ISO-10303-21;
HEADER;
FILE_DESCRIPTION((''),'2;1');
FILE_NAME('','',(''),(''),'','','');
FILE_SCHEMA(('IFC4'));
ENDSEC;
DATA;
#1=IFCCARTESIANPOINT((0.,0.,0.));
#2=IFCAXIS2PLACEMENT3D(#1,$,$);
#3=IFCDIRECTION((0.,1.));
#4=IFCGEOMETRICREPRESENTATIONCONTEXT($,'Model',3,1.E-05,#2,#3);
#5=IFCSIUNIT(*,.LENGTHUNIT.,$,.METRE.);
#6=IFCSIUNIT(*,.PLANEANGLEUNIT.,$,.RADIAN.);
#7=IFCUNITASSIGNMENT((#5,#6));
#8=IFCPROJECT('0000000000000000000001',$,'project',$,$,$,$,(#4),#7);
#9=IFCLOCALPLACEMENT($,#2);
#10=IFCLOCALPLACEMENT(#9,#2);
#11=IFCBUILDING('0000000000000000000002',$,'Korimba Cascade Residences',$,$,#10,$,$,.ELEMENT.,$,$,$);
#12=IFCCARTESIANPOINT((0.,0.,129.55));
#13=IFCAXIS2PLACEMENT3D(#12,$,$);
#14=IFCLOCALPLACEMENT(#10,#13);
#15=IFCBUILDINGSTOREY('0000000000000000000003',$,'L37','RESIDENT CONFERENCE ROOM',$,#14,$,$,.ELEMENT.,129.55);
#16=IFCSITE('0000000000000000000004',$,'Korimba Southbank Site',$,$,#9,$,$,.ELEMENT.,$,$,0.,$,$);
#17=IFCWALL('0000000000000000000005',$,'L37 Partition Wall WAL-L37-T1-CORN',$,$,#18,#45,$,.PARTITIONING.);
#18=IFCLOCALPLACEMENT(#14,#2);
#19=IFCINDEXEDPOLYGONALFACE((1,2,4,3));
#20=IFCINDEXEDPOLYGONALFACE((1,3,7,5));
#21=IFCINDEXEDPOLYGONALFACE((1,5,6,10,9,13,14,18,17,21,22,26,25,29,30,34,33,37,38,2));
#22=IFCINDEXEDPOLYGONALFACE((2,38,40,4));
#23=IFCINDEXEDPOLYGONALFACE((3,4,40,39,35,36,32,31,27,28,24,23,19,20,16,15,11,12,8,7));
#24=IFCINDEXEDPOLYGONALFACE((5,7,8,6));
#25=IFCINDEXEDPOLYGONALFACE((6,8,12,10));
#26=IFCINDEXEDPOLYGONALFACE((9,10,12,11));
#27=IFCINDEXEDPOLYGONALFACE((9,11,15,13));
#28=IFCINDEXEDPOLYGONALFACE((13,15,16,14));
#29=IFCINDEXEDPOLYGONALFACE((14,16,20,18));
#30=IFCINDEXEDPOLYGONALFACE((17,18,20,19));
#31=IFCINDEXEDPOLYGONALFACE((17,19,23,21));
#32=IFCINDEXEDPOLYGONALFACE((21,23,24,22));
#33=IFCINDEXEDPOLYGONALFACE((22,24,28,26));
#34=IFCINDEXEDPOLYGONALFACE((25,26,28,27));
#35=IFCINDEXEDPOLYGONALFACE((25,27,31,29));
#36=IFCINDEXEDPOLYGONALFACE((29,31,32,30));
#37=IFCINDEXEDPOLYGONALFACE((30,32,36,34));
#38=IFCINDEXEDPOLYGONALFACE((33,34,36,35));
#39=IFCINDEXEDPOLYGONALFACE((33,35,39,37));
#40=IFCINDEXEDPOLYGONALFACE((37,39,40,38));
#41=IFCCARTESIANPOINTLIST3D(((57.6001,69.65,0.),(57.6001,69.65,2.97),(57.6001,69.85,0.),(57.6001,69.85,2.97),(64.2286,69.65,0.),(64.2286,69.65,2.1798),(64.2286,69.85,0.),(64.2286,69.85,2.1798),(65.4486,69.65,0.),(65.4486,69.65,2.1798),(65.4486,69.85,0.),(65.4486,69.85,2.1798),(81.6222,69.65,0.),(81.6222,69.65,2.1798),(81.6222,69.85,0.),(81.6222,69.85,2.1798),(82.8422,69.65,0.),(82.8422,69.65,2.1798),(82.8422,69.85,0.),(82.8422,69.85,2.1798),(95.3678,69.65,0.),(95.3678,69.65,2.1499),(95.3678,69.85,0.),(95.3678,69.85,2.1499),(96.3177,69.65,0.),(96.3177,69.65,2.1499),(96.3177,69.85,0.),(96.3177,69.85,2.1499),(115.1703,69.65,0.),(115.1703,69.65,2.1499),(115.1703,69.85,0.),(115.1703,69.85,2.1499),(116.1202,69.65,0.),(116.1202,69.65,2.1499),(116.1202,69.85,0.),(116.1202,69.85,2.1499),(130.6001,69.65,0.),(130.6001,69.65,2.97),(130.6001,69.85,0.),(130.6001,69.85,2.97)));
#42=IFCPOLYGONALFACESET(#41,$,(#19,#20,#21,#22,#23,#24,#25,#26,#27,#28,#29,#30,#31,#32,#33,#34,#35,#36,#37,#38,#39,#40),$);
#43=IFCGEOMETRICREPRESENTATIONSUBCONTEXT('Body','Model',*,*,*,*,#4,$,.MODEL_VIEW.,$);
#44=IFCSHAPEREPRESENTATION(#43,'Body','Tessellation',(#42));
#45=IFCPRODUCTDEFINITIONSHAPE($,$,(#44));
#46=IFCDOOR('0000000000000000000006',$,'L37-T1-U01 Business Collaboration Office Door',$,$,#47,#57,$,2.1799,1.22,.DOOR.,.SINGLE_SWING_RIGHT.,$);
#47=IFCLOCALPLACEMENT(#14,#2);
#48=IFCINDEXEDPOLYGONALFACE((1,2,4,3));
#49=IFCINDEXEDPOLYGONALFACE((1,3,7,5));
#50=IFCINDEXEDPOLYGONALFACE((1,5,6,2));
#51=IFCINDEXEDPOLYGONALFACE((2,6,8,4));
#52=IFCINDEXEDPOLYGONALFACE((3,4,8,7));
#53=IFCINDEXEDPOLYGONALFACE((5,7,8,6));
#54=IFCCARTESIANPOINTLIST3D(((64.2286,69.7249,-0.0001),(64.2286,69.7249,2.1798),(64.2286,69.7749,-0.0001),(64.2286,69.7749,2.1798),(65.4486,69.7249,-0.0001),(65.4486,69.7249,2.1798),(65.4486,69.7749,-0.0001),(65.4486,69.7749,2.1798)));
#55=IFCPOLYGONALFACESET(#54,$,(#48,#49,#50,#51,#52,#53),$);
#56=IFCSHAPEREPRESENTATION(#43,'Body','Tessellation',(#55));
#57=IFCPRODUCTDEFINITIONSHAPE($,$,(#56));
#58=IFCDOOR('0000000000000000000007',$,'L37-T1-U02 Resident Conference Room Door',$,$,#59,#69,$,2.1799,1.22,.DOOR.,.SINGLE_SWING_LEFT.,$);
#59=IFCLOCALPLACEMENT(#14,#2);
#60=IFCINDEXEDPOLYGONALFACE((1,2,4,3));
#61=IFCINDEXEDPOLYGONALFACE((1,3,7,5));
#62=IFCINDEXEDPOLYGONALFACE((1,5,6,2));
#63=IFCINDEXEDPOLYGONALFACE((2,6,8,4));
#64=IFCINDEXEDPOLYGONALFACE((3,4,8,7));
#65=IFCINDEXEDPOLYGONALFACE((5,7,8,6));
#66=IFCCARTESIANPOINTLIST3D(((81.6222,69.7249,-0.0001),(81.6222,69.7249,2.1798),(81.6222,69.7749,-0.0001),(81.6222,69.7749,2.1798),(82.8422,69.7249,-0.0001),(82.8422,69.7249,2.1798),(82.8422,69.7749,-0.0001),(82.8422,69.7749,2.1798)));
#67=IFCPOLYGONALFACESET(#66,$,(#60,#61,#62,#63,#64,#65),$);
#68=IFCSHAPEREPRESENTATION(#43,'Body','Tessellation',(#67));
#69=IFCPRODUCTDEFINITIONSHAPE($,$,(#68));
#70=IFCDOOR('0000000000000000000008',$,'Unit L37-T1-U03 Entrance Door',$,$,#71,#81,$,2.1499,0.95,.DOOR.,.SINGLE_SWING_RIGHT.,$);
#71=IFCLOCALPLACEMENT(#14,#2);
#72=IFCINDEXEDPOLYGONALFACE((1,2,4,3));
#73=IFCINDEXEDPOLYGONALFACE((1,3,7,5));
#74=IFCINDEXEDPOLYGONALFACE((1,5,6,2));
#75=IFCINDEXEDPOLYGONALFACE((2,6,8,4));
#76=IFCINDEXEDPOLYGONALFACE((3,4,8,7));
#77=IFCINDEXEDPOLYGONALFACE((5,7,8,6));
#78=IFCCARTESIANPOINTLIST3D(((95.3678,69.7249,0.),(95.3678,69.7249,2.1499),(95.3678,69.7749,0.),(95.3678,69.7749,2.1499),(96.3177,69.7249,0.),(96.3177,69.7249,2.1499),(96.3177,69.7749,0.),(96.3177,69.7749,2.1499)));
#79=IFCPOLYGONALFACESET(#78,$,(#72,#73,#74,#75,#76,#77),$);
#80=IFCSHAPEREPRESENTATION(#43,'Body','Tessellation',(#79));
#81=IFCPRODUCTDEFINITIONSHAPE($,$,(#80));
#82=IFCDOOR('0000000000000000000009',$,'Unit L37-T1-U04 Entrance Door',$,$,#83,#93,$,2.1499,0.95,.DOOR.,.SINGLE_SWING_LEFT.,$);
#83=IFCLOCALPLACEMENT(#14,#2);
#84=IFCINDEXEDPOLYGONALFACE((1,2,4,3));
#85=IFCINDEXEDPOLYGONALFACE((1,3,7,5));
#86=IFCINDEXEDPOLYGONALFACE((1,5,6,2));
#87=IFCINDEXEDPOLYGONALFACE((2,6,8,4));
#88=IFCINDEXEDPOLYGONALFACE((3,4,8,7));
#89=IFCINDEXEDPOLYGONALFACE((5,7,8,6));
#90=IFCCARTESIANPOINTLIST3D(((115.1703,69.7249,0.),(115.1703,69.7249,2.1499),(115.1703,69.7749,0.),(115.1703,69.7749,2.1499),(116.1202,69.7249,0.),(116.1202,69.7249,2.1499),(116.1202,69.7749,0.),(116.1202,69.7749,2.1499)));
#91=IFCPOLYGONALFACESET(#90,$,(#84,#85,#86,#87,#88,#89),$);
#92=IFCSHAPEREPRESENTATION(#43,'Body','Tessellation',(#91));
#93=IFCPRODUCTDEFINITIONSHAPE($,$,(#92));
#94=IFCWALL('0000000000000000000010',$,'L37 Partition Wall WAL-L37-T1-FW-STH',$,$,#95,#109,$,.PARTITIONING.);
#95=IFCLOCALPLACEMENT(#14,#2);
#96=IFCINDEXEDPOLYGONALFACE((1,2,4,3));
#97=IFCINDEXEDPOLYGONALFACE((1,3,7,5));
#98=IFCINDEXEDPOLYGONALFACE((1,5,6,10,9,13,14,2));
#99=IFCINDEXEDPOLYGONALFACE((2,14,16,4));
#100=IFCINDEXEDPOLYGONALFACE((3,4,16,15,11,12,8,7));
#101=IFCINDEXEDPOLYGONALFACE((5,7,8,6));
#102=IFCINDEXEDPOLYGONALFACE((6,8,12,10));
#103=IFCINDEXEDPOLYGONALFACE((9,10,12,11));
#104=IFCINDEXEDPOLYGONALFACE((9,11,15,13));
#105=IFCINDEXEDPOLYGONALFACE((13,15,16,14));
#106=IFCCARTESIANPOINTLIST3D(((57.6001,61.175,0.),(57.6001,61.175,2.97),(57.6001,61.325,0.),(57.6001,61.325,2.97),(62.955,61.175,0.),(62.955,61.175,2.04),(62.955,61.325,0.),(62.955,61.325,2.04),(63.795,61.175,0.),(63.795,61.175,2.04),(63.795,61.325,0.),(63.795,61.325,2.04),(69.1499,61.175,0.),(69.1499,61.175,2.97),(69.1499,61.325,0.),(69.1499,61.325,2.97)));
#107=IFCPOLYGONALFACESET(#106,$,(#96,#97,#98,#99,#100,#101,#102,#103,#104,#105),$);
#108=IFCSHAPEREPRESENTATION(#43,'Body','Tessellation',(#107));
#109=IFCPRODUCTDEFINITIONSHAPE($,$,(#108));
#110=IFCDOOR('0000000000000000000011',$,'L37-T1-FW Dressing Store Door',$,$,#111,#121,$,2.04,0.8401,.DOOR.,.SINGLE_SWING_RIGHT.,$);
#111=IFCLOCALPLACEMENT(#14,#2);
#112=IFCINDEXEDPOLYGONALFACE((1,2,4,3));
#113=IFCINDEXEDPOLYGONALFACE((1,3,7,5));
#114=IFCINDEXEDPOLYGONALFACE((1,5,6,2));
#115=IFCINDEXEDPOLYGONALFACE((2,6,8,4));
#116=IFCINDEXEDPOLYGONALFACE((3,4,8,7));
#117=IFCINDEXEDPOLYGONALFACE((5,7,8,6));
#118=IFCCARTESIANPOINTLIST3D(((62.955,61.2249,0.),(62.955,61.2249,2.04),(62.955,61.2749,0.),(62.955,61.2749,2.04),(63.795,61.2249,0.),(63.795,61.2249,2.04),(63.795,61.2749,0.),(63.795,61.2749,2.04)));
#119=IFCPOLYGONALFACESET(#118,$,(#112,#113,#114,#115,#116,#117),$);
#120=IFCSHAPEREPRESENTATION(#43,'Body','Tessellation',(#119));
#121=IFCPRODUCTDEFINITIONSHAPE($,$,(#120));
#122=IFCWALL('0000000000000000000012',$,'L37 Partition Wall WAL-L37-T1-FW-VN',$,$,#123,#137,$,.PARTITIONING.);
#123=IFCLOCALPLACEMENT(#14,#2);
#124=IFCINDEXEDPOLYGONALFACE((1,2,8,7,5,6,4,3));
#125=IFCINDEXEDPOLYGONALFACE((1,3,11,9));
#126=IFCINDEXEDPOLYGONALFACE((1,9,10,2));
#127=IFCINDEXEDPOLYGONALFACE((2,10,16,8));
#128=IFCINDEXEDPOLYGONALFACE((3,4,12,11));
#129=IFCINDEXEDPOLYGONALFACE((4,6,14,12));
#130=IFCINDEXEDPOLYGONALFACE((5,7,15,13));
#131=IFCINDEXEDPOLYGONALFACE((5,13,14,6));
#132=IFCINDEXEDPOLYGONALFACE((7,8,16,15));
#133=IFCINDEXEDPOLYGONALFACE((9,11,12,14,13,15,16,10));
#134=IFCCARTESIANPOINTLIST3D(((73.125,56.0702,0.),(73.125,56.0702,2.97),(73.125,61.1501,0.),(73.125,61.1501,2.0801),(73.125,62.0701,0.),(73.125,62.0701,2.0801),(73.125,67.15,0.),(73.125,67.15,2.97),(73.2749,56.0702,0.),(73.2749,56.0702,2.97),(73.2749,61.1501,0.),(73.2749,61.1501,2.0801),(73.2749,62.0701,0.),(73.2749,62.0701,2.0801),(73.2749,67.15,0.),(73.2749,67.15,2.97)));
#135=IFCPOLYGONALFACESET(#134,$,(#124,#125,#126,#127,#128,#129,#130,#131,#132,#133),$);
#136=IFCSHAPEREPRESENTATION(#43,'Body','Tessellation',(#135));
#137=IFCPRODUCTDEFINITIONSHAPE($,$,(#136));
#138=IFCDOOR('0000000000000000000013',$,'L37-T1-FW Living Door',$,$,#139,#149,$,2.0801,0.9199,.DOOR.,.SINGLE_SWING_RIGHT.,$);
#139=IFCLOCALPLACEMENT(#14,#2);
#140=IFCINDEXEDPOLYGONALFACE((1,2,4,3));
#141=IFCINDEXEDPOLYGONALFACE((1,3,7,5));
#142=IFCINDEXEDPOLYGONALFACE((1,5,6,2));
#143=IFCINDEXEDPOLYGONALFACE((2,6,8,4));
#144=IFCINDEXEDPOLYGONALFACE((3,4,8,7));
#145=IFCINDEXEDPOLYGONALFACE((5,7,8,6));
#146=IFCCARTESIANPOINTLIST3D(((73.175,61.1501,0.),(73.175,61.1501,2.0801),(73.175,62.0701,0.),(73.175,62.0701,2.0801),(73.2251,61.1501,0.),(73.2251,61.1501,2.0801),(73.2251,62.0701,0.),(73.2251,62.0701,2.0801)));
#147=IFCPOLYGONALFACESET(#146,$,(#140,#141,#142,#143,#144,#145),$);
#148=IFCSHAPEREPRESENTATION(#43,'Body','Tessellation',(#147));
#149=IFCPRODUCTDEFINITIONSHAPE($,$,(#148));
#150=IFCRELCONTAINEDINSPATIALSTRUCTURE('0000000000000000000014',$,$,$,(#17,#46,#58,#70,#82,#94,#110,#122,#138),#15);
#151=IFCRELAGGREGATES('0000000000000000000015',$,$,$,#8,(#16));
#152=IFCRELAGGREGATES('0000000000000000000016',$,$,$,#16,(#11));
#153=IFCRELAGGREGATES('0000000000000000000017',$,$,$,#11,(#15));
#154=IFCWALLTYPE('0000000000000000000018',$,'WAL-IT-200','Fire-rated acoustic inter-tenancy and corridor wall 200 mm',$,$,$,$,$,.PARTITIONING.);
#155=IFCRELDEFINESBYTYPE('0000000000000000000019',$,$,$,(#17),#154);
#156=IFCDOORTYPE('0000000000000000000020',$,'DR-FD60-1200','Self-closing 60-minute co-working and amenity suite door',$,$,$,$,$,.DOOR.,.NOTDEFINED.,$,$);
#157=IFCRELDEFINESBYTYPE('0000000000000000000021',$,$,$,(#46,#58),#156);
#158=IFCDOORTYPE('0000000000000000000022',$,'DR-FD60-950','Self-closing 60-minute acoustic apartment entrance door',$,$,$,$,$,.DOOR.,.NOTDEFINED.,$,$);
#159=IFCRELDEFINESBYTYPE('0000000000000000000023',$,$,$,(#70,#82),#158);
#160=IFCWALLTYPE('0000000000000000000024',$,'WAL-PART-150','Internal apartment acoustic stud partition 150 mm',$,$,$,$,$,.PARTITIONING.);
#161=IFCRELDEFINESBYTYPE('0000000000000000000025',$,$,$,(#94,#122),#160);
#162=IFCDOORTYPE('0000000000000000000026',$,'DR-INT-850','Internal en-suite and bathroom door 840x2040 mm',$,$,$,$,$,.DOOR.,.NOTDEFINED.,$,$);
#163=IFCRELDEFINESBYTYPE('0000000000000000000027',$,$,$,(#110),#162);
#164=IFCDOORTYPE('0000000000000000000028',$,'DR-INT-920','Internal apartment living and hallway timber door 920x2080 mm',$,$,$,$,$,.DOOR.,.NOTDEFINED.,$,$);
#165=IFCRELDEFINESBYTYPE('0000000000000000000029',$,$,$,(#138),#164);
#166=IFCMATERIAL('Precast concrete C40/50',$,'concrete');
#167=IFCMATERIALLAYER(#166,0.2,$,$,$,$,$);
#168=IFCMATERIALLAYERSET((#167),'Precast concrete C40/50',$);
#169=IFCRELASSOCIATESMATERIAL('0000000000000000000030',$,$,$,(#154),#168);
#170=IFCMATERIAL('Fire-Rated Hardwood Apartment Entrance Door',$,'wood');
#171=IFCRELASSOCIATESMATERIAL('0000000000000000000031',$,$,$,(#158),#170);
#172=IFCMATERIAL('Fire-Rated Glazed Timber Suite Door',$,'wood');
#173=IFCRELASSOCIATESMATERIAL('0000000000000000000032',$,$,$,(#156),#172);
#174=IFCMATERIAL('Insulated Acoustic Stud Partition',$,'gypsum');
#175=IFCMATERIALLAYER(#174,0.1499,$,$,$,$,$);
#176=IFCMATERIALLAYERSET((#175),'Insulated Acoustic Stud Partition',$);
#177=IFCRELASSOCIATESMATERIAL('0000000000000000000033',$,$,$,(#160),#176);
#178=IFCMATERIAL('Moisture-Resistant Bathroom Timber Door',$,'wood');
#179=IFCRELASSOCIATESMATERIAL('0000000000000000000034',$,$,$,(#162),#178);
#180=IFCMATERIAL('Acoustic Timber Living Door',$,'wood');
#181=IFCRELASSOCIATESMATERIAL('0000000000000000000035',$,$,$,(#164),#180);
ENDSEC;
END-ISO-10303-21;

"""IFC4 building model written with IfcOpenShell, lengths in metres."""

from ifc_helpers import new_model, si_unit, direction, frame, frame_2d, origin, place, context, subcontext, project, spatial, rectangle, extrude, material, layer, layer_set, type_object, element, fill, save


model = new_model("IFC4")

# Units and contexts
model_context = context("Model", 3, precision=1e-05, world=origin(), true_north=direction((0.0, 1.0)))
body_context = subcontext(model_context, "Body", "Model", "MODEL_VIEW")
ifc_project = project(units=[si_unit("LENGTHUNIT", "METRE"), si_unit("PLANEANGLEUNIT", "RADIAN")], contexts=[model_context])

# Site, building, storey
site_placement = place(None, origin())
site = spatial("IfcSite", under=ifc_project, at=site_placement, Name="Korimba Southbank Site", CompositionType="ELEMENT", RefElevation=0.0)
building_placement = place(site_placement, origin())
building = spatial("IfcBuilding", under=site, at=building_placement, Name="Korimba Cascade Residences", CompositionType="ELEMENT")
storey_placement = place(building_placement, frame((0.0, 0.0, 129.55)))
storey = spatial("IfcBuildingStorey", under=building, at=storey_placement, Name="L37", Description="RESIDENT CONFERENCE ROOM", CompositionType="ELEMENT", Elevation=129.55)

# Shared definitions
ifc_material_1 = material(Name="Precast concrete C40/50", Category="concrete")
ifc_layer_1 = layer(ifc_material_1, 0.2)
ifc_layer_set_1 = layer_set([ifc_layer_1], Name="Precast concrete C40/50")
wall_type_1 = type_object("IfcWallType", Name="WAL-IT-200", Description="Fire-rated acoustic inter-tenancy and corridor wall 200 mm", PredefinedType="PARTITIONING", material=ifc_layer_set_1)
ifc_material_2 = material(Name="Fire-Rated Hardwood Apartment Entrance Door", Category="wood")
door_type_1 = type_object("IfcDoorType", Name="DR-FD60-950", Description="Self-closing 60-minute acoustic apartment entrance door", OperationType="NOTDEFINED", PredefinedType="DOOR", material=ifc_material_2)

# Wall, openings, doors
wall_1_placement = place(storey_placement, frame((57.6001, 69.75, 0.0), z_axis=(0.0, 0.0, 1.0), x_axis=(1.0, 0.0, 0.0)))
wall_1 = element("IfcWall", 1, at=wall_1_placement, inside=storey, type_object=wall_type_1, Name="L37 Partition Wall WAL-L37-T1-CORN", PredefinedType="PARTITIONING", context=body_context, shape_type="SweptSolid", body=[
    extrude(rectangle(XDim=73.0, YDim=0.2, at=frame_2d((36.5, 0.0))), origin(), (0.0, 0.0, 1.0), 2.97),
])
opening_1_placement = place(wall_1_placement, frame((6.6287, 0.0, 0.0)))
opening_1 = element("IfcOpeningElement", 2, at=opening_1_placement, cuts=wall_1, PredefinedType="OPENING", context=body_context, shape_type="SweptSolid", body=[
    extrude(rectangle(XDim=1.22, YDim=2.1799, at=frame_2d((0.6099, 1.0898))), frame((0.0, 0.1099, 0.0), z_axis=(0.0, -1.0, 0.0), x_axis=(1.0, 0.0, 0.0)), (0.0, 0.0, 1.0), 0.22),
])
opening_2_placement = place(wall_1_placement, frame((24.0222, 0.0, 0.0)))
opening_2 = element("IfcOpeningElement", 3, at=opening_2_placement, cuts=wall_1, PredefinedType="OPENING", context=body_context, shape_type="SweptSolid", body=[
    extrude(rectangle(XDim=1.22, YDim=2.1799, at=frame_2d((0.6099, 1.0898))), frame((0.0, 0.1099, 0.0), z_axis=(0.0, -1.0, 0.0), x_axis=(1.0, 0.0, 0.0)), (0.0, 0.0, 1.0), 0.22),
])
opening_3_placement = place(wall_1_placement, frame((37.7676, 0.0, 0.0)))
opening_3 = element("IfcOpeningElement", 4, at=opening_3_placement, cuts=wall_1, PredefinedType="OPENING", context=body_context, shape_type="SweptSolid", body=[
    extrude(rectangle(XDim=0.95, YDim=2.1499, at=frame_2d((0.4751, 1.075))), frame((0.0, 0.1099, 0.0), z_axis=(0.0, -1.0, 0.0), x_axis=(1.0, 0.0, 0.0)), (0.0, 0.0, 1.0), 0.22),
])
opening_4_placement = place(wall_1_placement, frame((57.5701, 0.0, 0.0)))
opening_4 = element("IfcOpeningElement", 5, at=opening_4_placement, cuts=wall_1, PredefinedType="OPENING", context=body_context, shape_type="SweptSolid", body=[
    extrude(rectangle(XDim=0.95, YDim=2.1499, at=frame_2d((0.4751, 1.075))), frame((0.0, 0.1099, 0.0), z_axis=(0.0, -1.0, 0.0), x_axis=(1.0, 0.0, 0.0)), (0.0, 0.0, 1.0), 0.22),
])
ifc_material_3 = material(Name="Fire-Rated Glazed Timber Suite Door", Category="wood")
door_type_2 = type_object("IfcDoorType", Name="DR-FD60-1200", Description="Self-closing 60-minute co-working and amenity suite door", OperationType="NOTDEFINED", PredefinedType="DOOR", material=ifc_material_3)
door_1_placement = place(opening_1_placement, origin())
door_1 = element("IfcDoor", 6, at=door_1_placement, inside=storey, type_object=door_type_2, Name="L37-T1-U01 Business Collaboration Office Door", OperationType="SINGLE_SWING_RIGHT", OverallHeight=2.1799, OverallWidth=1.22, PredefinedType="DOOR", context=body_context, shape_type="SweptSolid", body=[
    extrude(rectangle(XDim=1.22, YDim=2.1799, at=frame_2d((0.6099, 1.0898))), frame((0.0, 0.0249, 0.0), z_axis=(0.0, -1.0, 0.0), x_axis=(1.0, 0.0, 0.0)), (0.0, 0.0, 1.0), 0.05),
])
fill(opening_1, door_1)
door_2_placement = place(opening_2_placement, origin())
door_2 = element("IfcDoor", 7, at=door_2_placement, inside=storey, type_object=door_type_2, Name="L37-T1-U02 Resident Conference Room Door", OperationType="SINGLE_SWING_LEFT", OverallHeight=2.1799, OverallWidth=1.22, PredefinedType="DOOR", context=body_context, shape_type="SweptSolid", body=[
    extrude(rectangle(XDim=1.22, YDim=2.1799, at=frame_2d((0.6099, 1.0898))), frame((0.0, 0.0249, 0.0), z_axis=(0.0, -1.0, 0.0), x_axis=(1.0, 0.0, 0.0)), (0.0, 0.0, 1.0), 0.05),
])
fill(opening_2, door_2)
door_3_placement = place(opening_3_placement, origin())
door_3 = element("IfcDoor", 8, at=door_3_placement, inside=storey, type_object=door_type_1, Name="Unit L37-T1-U03 Entrance Door", OperationType="SINGLE_SWING_RIGHT", OverallHeight=2.1499, OverallWidth=0.95, PredefinedType="DOOR", context=body_context, shape_type="SweptSolid", body=[
    extrude(rectangle(XDim=0.95, YDim=2.1499, at=frame_2d((0.4751, 1.075))), frame((0.0, 0.0249, 0.0), z_axis=(0.0, -1.0, 0.0), x_axis=(1.0, 0.0, 0.0)), (0.0, 0.0, 1.0), 0.05),
])
fill(opening_3, door_3)
door_4_placement = place(opening_4_placement, origin())
door_4 = element("IfcDoor", 9, at=door_4_placement, inside=storey, type_object=door_type_1, Name="Unit L37-T1-U04 Entrance Door", OperationType="SINGLE_SWING_LEFT", OverallHeight=2.1499, OverallWidth=0.95, PredefinedType="DOOR", context=body_context, shape_type="SweptSolid", body=[
    extrude(rectangle(XDim=0.95, YDim=2.1499, at=frame_2d((0.4751, 1.075))), frame((0.0, 0.0249, 0.0), z_axis=(0.0, -1.0, 0.0), x_axis=(1.0, 0.0, 0.0)), (0.0, 0.0, 1.0), 0.05),
])
fill(opening_4, door_4)

# Walls, openings, doors
ifc_material_4 = material(Name="Insulated Acoustic Stud Partition", Category="gypsum")
ifc_layer_2 = layer(ifc_material_4, 0.1499)
ifc_layer_set_2 = layer_set([ifc_layer_2], Name="Insulated Acoustic Stud Partition")
wall_type_2 = type_object("IfcWallType", Name="WAL-PART-150", Description="Internal apartment acoustic stud partition 150 mm", PredefinedType="PARTITIONING", material=ifc_layer_set_2)
wall_2_placement = place(storey_placement, frame((57.6001, 61.25, 0.0), z_axis=(0.0, 0.0, 1.0), x_axis=(1.0, 0.0, 0.0)))
wall_2 = element("IfcWall", 10, at=wall_2_placement, inside=storey, type_object=wall_type_2, Name="L37 Partition Wall WAL-L37-T1-FW-STH", PredefinedType="PARTITIONING", context=body_context, shape_type="SweptSolid", body=[
    extrude(rectangle(XDim=11.5498, YDim=0.1499, at=frame_2d((5.7749, 0.0))), origin(), (0.0, 0.0, 1.0), 2.97),
])
opening_5_placement = place(wall_2_placement, frame((5.355, 0.0, 0.0)))
opening_5 = element("IfcOpeningElement", 11, at=opening_5_placement, cuts=wall_2, PredefinedType="OPENING", context=body_context, shape_type="SweptSolid", body=[
    extrude(rectangle(XDim=0.8401, YDim=2.04, at=frame_2d((0.4199, 1.02))), frame((0.0, 0.085, 0.0), z_axis=(0.0, -1.0, 0.0), x_axis=(1.0, 0.0, 0.0)), (0.0, 0.0, 1.0), 0.1699),
])
ifc_material_5 = material(Name="Moisture-Resistant Bathroom Timber Door", Category="wood")
door_type_3 = type_object("IfcDoorType", Name="DR-INT-850", Description="Internal en-suite and bathroom door 840x2040 mm", OperationType="NOTDEFINED", PredefinedType="DOOR", material=ifc_material_5)
door_5_placement = place(opening_5_placement, origin())
door_5 = element("IfcDoor", 12, at=door_5_placement, inside=storey, type_object=door_type_3, Name="L37-T1-FW Dressing Store Door", OperationType="SINGLE_SWING_RIGHT", OverallHeight=2.04, OverallWidth=0.8401, PredefinedType="DOOR", context=body_context, shape_type="SweptSolid", body=[
    extrude(rectangle(XDim=0.8401, YDim=2.04, at=frame_2d((0.4199, 1.02))), frame((0.0, 0.0249, 0.0), z_axis=(0.0, -1.0, 0.0), x_axis=(1.0, 0.0, 0.0)), (0.0, 0.0, 1.0), 0.05),
])
fill(opening_5, door_5)
wall_3_placement = place(storey_placement, frame((73.2, 56.0701, 0.0), z_axis=(0.0, 0.0, 1.0), x_axis=(0.0, 1.0, 0.0)))
wall_3 = element("IfcWall", 13, at=wall_3_placement, inside=storey, type_object=wall_type_2, Name="L37 Partition Wall WAL-L37-T1-FW-VN", PredefinedType="PARTITIONING", context=body_context, shape_type="SweptSolid", body=[
    extrude(rectangle(XDim=11.0798, YDim=0.1499, at=frame_2d((5.54, 0.0))), origin(), (0.0, 0.0, 1.0), 2.97),
])
opening_6_placement = place(wall_3_placement, frame((5.0801, 0.0, 0.0)))
opening_6 = element("IfcOpeningElement", 14, at=opening_6_placement, cuts=wall_3, PredefinedType="OPENING", context=body_context, shape_type="SweptSolid", body=[
    extrude(rectangle(XDim=0.9199, YDim=2.0801, at=frame_2d((0.46, 1.04))), frame((0.0, 0.085, 0.0), z_axis=(0.0, -1.0, 0.0), x_axis=(1.0, 0.0, 0.0)), (0.0, 0.0, 1.0), 0.1699),
])
ifc_material_6 = material(Name="Acoustic Timber Living Door", Category="wood")
door_type_4 = type_object("IfcDoorType", Name="DR-INT-920", Description="Internal apartment living and hallway timber door 920x2080 mm", OperationType="NOTDEFINED", PredefinedType="DOOR", material=ifc_material_6)
door_6_placement = place(opening_6_placement, origin())
door_6 = element("IfcDoor", 15, at=door_6_placement, inside=storey, type_object=door_type_4, Name="L37-T1-FW Living Door", OperationType="SINGLE_SWING_RIGHT", OverallHeight=2.0801, OverallWidth=0.9199, PredefinedType="DOOR", context=body_context, shape_type="SweptSolid", body=[
    extrude(rectangle(XDim=0.9199, YDim=2.0801, at=frame_2d((0.46, 1.04))), frame((0.0, 0.0249, 0.0), z_axis=(0.0, -1.0, 0.0), x_axis=(1.0, 0.0, 0.0)), (0.0, 0.0, 1.0), 0.05),
])
fill(opening_6, door_6)

save(model, "model.ifc")
